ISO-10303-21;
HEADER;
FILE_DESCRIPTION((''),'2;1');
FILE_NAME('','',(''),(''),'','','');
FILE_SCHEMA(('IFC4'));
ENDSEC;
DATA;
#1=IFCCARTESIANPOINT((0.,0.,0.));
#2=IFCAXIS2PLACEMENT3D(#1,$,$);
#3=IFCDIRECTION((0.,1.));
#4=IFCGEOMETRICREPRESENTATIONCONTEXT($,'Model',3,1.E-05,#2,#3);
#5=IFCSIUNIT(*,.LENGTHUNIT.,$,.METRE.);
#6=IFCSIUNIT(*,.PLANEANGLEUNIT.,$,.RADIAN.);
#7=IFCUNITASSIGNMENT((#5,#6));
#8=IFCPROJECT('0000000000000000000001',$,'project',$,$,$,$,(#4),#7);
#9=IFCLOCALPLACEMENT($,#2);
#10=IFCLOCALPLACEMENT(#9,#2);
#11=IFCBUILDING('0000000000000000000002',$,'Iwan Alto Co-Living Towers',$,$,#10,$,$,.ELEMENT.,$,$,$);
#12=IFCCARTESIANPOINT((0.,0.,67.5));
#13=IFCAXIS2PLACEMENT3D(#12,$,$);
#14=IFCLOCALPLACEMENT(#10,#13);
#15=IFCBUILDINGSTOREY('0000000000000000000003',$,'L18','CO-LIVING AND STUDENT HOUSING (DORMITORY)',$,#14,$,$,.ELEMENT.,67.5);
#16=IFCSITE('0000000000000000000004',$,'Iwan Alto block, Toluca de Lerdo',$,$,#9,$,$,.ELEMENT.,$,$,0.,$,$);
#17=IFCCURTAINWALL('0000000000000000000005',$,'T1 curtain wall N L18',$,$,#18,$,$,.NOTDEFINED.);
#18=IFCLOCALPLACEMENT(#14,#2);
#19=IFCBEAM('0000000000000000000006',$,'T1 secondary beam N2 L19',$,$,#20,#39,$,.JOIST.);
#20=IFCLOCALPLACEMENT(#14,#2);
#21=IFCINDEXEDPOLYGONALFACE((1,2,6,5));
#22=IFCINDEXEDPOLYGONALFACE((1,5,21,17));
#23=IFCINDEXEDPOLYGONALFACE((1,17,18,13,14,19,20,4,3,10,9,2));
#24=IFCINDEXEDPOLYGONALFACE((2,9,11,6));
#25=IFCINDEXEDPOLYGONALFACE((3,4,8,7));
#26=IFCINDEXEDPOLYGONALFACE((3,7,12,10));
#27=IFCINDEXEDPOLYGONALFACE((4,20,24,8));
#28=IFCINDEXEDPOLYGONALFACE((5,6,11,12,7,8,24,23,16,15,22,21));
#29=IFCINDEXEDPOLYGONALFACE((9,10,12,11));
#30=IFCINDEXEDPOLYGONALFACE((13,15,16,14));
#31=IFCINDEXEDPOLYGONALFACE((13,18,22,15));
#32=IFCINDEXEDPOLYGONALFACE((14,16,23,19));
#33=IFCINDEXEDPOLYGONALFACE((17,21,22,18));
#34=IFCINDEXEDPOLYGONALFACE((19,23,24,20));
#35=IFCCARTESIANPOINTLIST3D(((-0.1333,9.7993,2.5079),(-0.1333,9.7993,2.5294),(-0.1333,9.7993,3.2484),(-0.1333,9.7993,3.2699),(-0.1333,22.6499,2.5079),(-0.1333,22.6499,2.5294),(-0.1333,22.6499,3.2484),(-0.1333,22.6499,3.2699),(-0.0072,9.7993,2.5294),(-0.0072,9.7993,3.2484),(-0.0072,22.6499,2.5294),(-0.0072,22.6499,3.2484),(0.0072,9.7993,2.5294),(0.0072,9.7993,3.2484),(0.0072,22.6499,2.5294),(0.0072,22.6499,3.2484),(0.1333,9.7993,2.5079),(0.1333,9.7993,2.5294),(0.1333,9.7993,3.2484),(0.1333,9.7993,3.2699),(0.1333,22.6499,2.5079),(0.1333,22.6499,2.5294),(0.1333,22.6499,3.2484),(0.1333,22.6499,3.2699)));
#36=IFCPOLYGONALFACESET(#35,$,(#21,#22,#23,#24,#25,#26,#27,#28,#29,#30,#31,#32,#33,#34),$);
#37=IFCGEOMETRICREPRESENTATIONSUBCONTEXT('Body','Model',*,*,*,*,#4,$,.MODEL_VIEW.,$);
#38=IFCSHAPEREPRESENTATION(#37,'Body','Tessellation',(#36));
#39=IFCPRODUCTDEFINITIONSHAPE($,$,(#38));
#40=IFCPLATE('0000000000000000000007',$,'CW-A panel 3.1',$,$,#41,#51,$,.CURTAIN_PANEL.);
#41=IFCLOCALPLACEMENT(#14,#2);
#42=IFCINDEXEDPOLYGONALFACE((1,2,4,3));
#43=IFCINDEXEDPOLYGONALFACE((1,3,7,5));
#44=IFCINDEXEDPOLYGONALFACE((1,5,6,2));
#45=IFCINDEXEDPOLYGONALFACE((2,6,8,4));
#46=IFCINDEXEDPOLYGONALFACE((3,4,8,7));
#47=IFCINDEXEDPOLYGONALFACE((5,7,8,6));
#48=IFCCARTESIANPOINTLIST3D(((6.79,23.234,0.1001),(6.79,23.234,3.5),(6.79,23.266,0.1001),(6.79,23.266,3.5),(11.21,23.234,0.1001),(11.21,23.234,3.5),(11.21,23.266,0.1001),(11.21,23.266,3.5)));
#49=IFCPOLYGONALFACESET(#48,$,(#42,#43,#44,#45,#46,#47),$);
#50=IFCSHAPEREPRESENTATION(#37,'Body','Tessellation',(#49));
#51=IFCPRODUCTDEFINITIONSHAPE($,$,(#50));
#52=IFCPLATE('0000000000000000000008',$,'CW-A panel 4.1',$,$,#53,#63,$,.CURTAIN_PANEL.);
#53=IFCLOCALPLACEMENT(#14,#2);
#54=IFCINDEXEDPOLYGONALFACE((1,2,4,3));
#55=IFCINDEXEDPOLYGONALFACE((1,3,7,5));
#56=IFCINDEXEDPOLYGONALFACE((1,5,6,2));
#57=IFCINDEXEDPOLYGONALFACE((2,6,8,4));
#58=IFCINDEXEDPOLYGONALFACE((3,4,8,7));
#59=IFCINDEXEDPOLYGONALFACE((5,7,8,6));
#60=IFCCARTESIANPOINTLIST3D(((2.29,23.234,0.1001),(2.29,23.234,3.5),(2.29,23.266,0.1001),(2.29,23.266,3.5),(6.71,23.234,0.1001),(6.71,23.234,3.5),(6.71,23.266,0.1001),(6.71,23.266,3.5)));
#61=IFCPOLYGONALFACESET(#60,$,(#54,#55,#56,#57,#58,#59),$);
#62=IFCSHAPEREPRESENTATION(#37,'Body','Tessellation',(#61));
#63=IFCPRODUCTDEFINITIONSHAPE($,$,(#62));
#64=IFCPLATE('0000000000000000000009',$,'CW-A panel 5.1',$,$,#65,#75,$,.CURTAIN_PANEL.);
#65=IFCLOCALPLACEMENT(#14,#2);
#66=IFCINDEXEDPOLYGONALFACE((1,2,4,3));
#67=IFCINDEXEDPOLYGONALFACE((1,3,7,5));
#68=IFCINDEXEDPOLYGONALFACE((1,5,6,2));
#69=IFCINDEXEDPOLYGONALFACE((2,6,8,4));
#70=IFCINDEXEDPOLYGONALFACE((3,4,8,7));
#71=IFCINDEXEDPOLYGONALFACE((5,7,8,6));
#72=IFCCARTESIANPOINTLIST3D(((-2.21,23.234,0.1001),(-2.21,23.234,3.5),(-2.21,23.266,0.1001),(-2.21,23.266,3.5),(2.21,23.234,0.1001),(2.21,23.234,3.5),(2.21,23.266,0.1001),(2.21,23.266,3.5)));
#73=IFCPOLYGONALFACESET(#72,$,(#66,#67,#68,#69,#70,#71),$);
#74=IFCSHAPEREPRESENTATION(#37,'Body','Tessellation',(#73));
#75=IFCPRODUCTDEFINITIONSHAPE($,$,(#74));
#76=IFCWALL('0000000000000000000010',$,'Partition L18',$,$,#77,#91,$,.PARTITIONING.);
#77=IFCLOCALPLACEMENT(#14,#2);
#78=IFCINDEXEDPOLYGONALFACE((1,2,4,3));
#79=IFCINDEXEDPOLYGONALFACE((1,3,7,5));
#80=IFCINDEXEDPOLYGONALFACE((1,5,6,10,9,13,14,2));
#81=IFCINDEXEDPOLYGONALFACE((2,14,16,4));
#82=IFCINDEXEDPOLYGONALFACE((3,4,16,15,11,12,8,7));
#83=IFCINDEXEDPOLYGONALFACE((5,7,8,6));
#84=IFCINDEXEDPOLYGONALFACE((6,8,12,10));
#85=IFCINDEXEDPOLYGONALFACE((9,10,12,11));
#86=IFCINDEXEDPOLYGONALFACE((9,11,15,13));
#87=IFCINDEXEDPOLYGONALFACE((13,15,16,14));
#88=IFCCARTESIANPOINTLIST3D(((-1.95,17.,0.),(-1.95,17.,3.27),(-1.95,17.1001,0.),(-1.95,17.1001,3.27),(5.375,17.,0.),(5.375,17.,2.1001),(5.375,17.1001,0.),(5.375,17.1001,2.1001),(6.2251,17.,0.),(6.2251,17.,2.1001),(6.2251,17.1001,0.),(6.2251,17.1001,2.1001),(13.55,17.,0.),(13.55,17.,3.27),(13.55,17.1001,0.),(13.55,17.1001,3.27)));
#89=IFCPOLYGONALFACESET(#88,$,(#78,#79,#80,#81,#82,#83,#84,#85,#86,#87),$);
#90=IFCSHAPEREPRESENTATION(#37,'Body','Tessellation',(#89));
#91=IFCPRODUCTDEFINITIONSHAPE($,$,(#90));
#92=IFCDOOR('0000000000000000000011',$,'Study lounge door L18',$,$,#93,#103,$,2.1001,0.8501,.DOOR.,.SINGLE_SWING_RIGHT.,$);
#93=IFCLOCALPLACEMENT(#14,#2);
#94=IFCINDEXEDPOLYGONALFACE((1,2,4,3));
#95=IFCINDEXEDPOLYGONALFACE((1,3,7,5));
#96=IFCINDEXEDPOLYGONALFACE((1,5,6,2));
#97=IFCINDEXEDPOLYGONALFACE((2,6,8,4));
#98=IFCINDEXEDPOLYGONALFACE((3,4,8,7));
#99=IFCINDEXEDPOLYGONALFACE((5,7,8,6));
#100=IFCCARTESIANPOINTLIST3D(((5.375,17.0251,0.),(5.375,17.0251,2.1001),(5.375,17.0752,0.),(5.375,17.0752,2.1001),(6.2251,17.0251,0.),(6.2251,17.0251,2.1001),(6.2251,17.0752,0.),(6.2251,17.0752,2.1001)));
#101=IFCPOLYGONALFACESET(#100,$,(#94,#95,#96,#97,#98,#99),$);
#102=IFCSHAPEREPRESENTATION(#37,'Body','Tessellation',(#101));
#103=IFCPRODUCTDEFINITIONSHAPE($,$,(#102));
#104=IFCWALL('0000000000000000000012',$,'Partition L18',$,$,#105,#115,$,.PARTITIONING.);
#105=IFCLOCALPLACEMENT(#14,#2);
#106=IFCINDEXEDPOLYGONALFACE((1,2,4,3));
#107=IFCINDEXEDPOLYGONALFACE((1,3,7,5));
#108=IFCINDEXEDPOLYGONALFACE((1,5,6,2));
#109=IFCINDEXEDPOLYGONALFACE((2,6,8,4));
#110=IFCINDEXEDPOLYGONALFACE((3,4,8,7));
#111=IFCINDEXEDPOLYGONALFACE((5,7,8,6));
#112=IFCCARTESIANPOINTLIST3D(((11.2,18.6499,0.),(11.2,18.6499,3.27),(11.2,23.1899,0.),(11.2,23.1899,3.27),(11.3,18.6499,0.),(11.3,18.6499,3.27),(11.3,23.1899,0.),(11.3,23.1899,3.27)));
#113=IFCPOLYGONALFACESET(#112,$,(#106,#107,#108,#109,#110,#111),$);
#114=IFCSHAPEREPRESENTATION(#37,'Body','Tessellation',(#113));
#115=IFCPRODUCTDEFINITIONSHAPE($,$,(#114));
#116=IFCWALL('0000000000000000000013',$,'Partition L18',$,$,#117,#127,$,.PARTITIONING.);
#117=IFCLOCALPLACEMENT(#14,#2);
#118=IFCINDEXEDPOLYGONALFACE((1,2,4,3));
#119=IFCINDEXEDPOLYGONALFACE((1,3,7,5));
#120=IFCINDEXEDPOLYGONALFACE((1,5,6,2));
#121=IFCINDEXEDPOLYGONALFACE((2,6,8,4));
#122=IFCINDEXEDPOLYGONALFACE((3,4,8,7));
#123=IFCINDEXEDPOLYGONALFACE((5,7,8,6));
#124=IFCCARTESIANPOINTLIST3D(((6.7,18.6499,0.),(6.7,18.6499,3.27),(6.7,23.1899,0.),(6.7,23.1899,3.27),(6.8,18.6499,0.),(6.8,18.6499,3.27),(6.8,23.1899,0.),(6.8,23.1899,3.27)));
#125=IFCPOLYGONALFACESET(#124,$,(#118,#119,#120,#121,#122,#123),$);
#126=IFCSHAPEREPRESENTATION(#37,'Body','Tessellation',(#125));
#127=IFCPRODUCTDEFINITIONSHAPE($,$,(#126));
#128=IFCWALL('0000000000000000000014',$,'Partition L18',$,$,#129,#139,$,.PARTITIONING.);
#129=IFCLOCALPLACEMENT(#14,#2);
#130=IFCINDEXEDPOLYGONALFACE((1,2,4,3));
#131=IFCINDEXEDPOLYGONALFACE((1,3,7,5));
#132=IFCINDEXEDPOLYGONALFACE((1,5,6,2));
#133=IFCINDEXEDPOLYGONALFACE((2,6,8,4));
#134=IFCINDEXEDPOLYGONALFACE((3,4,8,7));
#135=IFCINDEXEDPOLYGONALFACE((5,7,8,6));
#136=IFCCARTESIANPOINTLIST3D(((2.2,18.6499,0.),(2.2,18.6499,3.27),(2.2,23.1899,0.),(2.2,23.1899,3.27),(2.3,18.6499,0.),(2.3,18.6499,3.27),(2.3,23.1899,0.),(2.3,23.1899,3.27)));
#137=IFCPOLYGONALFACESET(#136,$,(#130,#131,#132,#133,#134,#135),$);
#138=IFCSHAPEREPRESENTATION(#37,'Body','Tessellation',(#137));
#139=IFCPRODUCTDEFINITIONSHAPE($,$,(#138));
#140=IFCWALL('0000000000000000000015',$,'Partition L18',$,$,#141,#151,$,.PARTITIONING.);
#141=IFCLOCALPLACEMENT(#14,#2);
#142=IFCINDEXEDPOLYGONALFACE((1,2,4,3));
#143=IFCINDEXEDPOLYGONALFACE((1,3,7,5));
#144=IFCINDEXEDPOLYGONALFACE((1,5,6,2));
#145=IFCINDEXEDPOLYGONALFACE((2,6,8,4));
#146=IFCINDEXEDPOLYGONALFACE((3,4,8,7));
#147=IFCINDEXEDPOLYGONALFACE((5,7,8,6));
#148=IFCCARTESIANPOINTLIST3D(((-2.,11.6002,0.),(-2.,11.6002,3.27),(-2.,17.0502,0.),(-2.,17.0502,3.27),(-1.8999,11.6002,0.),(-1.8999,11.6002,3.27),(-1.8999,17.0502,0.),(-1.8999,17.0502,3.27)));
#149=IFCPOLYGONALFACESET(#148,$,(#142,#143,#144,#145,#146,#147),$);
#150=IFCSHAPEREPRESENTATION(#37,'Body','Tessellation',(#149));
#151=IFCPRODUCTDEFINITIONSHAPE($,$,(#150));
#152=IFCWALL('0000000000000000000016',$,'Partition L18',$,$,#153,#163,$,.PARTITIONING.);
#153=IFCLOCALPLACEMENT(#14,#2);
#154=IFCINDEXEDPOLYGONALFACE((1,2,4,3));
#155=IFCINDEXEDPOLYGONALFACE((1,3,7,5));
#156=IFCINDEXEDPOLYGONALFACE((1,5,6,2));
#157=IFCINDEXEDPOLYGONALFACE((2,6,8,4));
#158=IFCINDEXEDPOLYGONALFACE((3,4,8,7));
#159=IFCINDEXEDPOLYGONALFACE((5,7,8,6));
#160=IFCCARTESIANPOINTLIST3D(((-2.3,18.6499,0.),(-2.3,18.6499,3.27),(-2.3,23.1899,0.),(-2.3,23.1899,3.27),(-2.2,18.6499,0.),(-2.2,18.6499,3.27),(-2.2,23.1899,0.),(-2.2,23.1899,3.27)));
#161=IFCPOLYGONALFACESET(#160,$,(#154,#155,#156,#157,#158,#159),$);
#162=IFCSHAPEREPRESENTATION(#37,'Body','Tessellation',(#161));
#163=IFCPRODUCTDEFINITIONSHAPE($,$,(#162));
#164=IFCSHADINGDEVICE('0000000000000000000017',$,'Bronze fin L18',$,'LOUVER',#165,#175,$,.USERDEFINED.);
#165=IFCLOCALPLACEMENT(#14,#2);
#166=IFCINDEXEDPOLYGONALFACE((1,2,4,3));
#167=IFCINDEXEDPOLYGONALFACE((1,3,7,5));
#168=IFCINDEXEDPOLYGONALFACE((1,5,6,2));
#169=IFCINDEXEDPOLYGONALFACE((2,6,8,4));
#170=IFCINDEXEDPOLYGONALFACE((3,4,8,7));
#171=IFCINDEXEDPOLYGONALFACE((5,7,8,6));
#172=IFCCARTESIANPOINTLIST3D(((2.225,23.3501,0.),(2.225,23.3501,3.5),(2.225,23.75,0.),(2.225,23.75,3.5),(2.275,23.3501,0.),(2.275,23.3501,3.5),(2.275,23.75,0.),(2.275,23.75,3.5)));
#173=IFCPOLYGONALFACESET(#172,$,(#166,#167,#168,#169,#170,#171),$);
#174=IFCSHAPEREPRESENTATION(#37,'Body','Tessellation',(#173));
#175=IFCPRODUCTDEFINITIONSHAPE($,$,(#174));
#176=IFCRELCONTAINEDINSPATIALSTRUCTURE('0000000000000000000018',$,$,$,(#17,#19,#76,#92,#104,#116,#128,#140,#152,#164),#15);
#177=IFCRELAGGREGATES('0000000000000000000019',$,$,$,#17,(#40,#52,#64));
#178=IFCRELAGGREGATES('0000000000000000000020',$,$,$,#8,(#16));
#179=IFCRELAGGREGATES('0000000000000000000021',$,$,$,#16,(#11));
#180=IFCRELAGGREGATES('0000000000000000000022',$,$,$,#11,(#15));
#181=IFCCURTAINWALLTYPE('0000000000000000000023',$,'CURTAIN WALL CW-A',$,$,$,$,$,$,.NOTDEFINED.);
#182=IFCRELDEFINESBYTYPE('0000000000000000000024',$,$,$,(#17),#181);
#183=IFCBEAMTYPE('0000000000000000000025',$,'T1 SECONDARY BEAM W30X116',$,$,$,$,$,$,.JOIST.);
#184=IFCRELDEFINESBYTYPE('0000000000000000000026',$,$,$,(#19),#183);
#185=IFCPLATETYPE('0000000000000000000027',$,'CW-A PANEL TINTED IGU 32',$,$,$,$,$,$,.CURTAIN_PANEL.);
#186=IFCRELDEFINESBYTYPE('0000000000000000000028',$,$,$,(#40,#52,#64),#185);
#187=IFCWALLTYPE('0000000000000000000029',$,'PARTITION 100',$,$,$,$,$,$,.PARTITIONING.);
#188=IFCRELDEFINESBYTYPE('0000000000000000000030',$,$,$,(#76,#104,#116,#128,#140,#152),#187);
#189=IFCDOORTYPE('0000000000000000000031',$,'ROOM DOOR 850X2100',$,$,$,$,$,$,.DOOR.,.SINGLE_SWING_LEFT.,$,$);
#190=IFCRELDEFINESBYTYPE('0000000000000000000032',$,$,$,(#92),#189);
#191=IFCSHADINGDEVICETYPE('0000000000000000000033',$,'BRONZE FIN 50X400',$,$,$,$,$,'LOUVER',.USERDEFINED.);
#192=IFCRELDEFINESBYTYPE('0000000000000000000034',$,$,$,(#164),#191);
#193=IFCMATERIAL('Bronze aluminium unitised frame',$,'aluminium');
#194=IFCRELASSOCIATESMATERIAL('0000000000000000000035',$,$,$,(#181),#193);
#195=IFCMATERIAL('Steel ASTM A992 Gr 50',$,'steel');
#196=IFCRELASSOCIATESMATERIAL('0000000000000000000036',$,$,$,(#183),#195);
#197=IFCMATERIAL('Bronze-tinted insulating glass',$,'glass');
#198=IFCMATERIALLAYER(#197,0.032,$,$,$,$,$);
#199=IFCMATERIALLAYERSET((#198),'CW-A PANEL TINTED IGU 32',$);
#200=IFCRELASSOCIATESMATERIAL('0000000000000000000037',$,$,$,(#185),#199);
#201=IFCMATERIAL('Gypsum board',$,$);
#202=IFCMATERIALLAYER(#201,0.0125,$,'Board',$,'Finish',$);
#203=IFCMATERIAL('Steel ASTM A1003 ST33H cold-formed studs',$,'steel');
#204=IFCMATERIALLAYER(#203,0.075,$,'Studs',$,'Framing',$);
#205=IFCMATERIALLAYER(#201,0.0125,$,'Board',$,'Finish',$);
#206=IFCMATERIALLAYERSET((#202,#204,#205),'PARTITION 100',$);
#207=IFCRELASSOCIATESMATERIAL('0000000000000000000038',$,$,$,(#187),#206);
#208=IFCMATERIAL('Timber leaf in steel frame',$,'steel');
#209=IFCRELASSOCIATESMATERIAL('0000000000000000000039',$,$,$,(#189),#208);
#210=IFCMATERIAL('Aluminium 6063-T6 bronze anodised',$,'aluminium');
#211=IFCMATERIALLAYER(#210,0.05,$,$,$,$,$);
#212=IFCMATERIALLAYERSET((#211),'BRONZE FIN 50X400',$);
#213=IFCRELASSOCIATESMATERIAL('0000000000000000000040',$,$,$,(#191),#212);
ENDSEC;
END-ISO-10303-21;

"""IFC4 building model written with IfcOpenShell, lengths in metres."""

from ifc_helpers import new_model, si_unit, direction, frame, frame_2d, origin, origin_2d, place, context, subcontext, project, spatial, rectangle, i_section, extrude, material, layer, layer_set, material_profile, profile_set, type_object, element, fill, aggregate, save


model = new_model("IFC4")

# Units and contexts
model_context = context("Model", 3, precision=1e-05, world=origin(), true_north=direction((0.0, 1.0)))
body_context = subcontext(model_context, "Body", "Model", "MODEL_VIEW")
ifc_project = project(units=[si_unit("LENGTHUNIT", "METRE"), si_unit("PLANEANGLEUNIT", "RADIAN")], contexts=[model_context])

# Site, building, storey
site_placement = place(None, origin())
site = spatial("IfcSite", under=ifc_project, at=site_placement, Name="Iwan Alto block, Toluca de Lerdo", CompositionType="ELEMENT", RefElevation=0.0)
building_placement = place(site_placement, origin())
building = spatial("IfcBuilding", under=site, at=building_placement, Name="Iwan Alto Co-Living Towers", CompositionType="ELEMENT")
storey_placement = place(building_placement, frame((0.0, 0.0, 67.5)))
storey = spatial("IfcBuildingStorey", under=building, at=storey_placement, Name="L18", Description="CO-LIVING AND STUDENT HOUSING (DORMITORY)", CompositionType="ELEMENT", Elevation=67.5)

# Curtain wall
ifc_material_1 = material(Name="Bronze aluminium unitised frame", Category="aluminium")
curtain_wall_type = type_object("IfcCurtainWallType", Name="CURTAIN WALL CW-A", PredefinedType="NOTDEFINED", material=ifc_material_1)
curtain_wall_placement = place(storey_placement, origin())
curtain_wall = element("IfcCurtainWall", 1, at=curtain_wall_placement, inside=storey, type_object=curtain_wall_type, Name="T1 curtain wall N L18", PredefinedType="NOTDEFINED")

# Beam
ifc_material_2 = material(Name="Steel ASTM A992 Gr 50", Category="steel")
ifc_material_profile_1 = material_profile(ifc_material_2, i_section(OverallWidth=0.2666, OverallDepth=0.762, WebThickness=0.0144, FlangeThickness=0.0215, at=origin_2d()), Name="W30X116")
ifc_profile_set_1 = profile_set([ifc_material_profile_1], Name="Steel ASTM A992 Gr 50")
beam_type_1 = type_object("IfcBeamType", Name="T1 SECONDARY BEAM W30X116", PredefinedType="JOIST", material=ifc_profile_set_1)
for number, where, z_axis, x_axis, name in (
    (2, (0.0, 22.6499, 2.8889), (0.0, -1.0, 0.0), (1.0, 0.0, 0.0), "T1 secondary beam N2 L19"),
):
    element("IfcBeam", number, at=place(storey_placement, frame(where, z_axis=z_axis, x_axis=x_axis)), inside=storey, type_object=beam_type_1, Name=name, PredefinedType="JOIST", context=body_context, shape_type="SweptSolid", body=[
        extrude(i_section(OverallWidth=0.2666, OverallDepth=0.762, WebThickness=0.0144, FlangeThickness=0.0215, at=origin_2d()), origin(), (0.0, 0.0, 1.0), 12.8506),
    ])

# Plates
ifc_material_3 = material(Name="Bronze-tinted insulating glass", Category="glass")
ifc_layer_1 = layer(ifc_material_3, 0.032)
ifc_layer_set_1 = layer_set([ifc_layer_1], Name="CW-A PANEL TINTED IGU 32")
plate_type = type_object("IfcPlateType", Name="CW-A PANEL TINTED IGU 32", PredefinedType="CURTAIN_PANEL", material=ifc_layer_set_1)
plate_1_placement = place(storey_placement, frame((9.0, 23.25, 0.1001), z_axis=(0.0, 0.0, 1.0), x_axis=(-1.0, 0.0, 0.0)))
plate_1 = element("IfcPlate", 3, at=plate_1_placement, type_object=plate_type, Name="CW-A panel 3.1", PredefinedType="CURTAIN_PANEL", context=body_context, shape_type="SweptSolid", body=[
    extrude(rectangle(XDim=4.4199, YDim=0.032, at=origin_2d()), origin(), (0.0, 0.0, 1.0), 3.3999),
])
plate_2_placement = place(storey_placement, frame((4.5, 23.25, 0.1001), z_axis=(0.0, 0.0, 1.0), x_axis=(-1.0, 0.0, 0.0)))
plate_2 = element("IfcPlate", 4, at=plate_2_placement, type_object=plate_type, Name="CW-A panel 4.1", PredefinedType="CURTAIN_PANEL", context=body_context, shape_type="SweptSolid", body=[
    extrude(rectangle(XDim=4.4199, YDim=0.032, at=origin_2d()), origin(), (0.0, 0.0, 1.0), 3.3999),
])
plate_3_placement = place(storey_placement, frame((0.0, 23.25, 0.1001), z_axis=(0.0, 0.0, 1.0), x_axis=(-1.0, 0.0, 0.0)))
plate_3 = element("IfcPlate", 5, at=plate_3_placement, type_object=plate_type, Name="CW-A panel 5.1", PredefinedType="CURTAIN_PANEL", context=body_context, shape_type="SweptSolid", body=[
    extrude(rectangle(XDim=4.4199, YDim=0.032, at=origin_2d()), origin(), (0.0, 0.0, 1.0), 3.3999),
])
aggregate(curtain_wall, [plate_1, plate_2, plate_3])

# Wall, opening, door
ifc_material_4 = material(Name="Gypsum board")
ifc_layer_2 = layer(ifc_material_4, 0.0125, Name="Board", Category="Finish")
ifc_material_5 = material(Name="Steel ASTM A1003 ST33H cold-formed studs", Category="steel")
ifc_layer_3 = layer(ifc_material_5, 0.075, Name="Studs", Category="Framing")
ifc_layer_4 = layer(ifc_material_4, 0.0125, Name="Board", Category="Finish")
ifc_layer_set_2 = layer_set([ifc_layer_2, ifc_layer_3, ifc_layer_4], Name="PARTITION 100")
wall_type = type_object("IfcWallType", Name="PARTITION 100", PredefinedType="PARTITIONING", material=ifc_layer_set_2)
wall_1_placement = place(storey_placement, frame((-1.95, 17.05, 0.0), z_axis=(0.0, 0.0, 1.0), x_axis=(1.0, 0.0, 0.0)))
wall_1 = element("IfcWall", 6, at=wall_1_placement, inside=storey, type_object=wall_type, Name="Partition L18", PredefinedType="PARTITIONING", context=body_context, shape_type="SweptSolid", body=[
    extrude(rectangle(XDim=15.5, YDim=0.1001, at=frame_2d((7.75, 0.0))), origin(), (0.0, 0.0, 1.0), 3.27),
])
opening_placement = place(wall_1_placement, frame((7.325, 0.0, 0.0)))
opening = element("IfcOpeningElement", 7, at=opening_placement, cuts=wall_1, PredefinedType="OPENING", context=body_context, shape_type="SweptSolid", body=[
    extrude(rectangle(XDim=0.8501, YDim=2.1001, at=frame_2d((0.425, 1.05))), frame((0.0, 0.0601, 0.0), z_axis=(0.0, -1.0, 0.0), x_axis=(1.0, 0.0, 0.0)), (0.0, 0.0, 1.0), 0.1201),
])
ifc_material_6 = material(Name="Timber leaf in steel frame", Category="steel")
door_type = type_object("IfcDoorType", Name="ROOM DOOR 850X2100", OperationType="SINGLE_SWING_LEFT", PredefinedType="DOOR", material=ifc_material_6)
door_placement = place(opening_placement, frame((0.8501, 0.0, 0.0), z_axis=(0.0, 0.0, 1.0), x_axis=(-1.0, 0.0, 0.0)))
door = element("IfcDoor", 8, at=door_placement, inside=storey, type_object=door_type, Name="Study lounge door L18", OperationType="SINGLE_SWING_RIGHT", OverallHeight=2.1001, OverallWidth=0.8501, PredefinedType="DOOR", context=body_context, shape_type="SweptSolid", body=[
    extrude(rectangle(XDim=0.8501, YDim=2.1001, at=frame_2d((0.425, 1.05))), frame((0.0, 0.0249, 0.0), z_axis=(0.0, -1.0, 0.0), x_axis=(1.0, 0.0, 0.0)), (0.0, 0.0, 1.0), 0.05),
])
fill(opening, door)

# Walls
for number, where, z_axis, x_axis, name in (
    (9, (11.25, 18.6499, 0.0), (0.0, 0.0, 1.0), (0.0, 1.0, 0.0), "Partition L18"),
    (10, (6.75, 18.6499, 0.0), (0.0, 0.0, 1.0), (0.0, 1.0, 0.0), "Partition L18"),
    (11, (2.25, 18.6499, 0.0), (0.0, 0.0, 1.0), (0.0, 1.0, 0.0), "Partition L18"),
):
    element("IfcWall", number, at=place(storey_placement, frame(where, z_axis=z_axis, x_axis=x_axis)), inside=storey, type_object=wall_type, Name=name, PredefinedType="PARTITIONING", context=body_context, shape_type="SweptSolid", body=[
        extrude(rectangle(XDim=4.54, YDim=0.1001, at=frame_2d((2.27, 0.0))), origin(), (0.0, 0.0, 1.0), 3.27),
    ])
wall_2_placement = place(storey_placement, frame((-1.95, 11.6001, 0.0), z_axis=(0.0, 0.0, 1.0), x_axis=(0.0, 1.0, 0.0)))
element("IfcWall", 12, at=wall_2_placement, inside=storey, type_object=wall_type, Name="Partition L18", PredefinedType="PARTITIONING", context=body_context, shape_type="SweptSolid", body=[
    extrude(rectangle(XDim=5.45, YDim=0.1001, at=frame_2d((2.7251, 0.0))), origin(), (0.0, 0.0, 1.0), 3.27),
])
wall_3_placement = place(storey_placement, frame((-2.25, 18.6499, 0.0), z_axis=(0.0, 0.0, 1.0), x_axis=(0.0, 1.0, 0.0)))
element("IfcWall", 13, at=wall_3_placement, inside=storey, type_object=wall_type, Name="Partition L18", PredefinedType="PARTITIONING", context=body_context, shape_type="SweptSolid", body=[
    extrude(rectangle(XDim=4.54, YDim=0.1001, at=frame_2d((2.27, 0.0))), origin(), (0.0, 0.0, 1.0), 3.27),
])

# Shading device
ifc_material_7 = material(Name="Aluminium 6063-T6 bronze anodised", Category="aluminium")
ifc_layer_5 = layer(ifc_material_7, 0.05)
ifc_layer_set_3 = layer_set([ifc_layer_5], Name="BRONZE FIN 50X400")
shading_device_type = type_object("IfcShadingDeviceType", Name="BRONZE FIN 50X400", ElementType="LOUVER", PredefinedType="USERDEFINED", material=ifc_layer_set_3)
shading_device_placement = place(storey_placement, frame((2.25, 23.55, 0.0), z_axis=(0.0, 0.0, 1.0), x_axis=(-1.0, 0.0, 0.0)))
element("IfcShadingDevice", 14, at=shading_device_placement, inside=storey, type_object=shading_device_type, Name="Bronze fin L18", ObjectType="LOUVER", PredefinedType="USERDEFINED", context=body_context, shape_type="SweptSolid", body=[
    extrude(rectangle(XDim=0.05, YDim=0.3999, at=origin_2d()), origin(), (0.0, 0.0, 1.0), 3.5),
])

save(model, "model.ifc")
